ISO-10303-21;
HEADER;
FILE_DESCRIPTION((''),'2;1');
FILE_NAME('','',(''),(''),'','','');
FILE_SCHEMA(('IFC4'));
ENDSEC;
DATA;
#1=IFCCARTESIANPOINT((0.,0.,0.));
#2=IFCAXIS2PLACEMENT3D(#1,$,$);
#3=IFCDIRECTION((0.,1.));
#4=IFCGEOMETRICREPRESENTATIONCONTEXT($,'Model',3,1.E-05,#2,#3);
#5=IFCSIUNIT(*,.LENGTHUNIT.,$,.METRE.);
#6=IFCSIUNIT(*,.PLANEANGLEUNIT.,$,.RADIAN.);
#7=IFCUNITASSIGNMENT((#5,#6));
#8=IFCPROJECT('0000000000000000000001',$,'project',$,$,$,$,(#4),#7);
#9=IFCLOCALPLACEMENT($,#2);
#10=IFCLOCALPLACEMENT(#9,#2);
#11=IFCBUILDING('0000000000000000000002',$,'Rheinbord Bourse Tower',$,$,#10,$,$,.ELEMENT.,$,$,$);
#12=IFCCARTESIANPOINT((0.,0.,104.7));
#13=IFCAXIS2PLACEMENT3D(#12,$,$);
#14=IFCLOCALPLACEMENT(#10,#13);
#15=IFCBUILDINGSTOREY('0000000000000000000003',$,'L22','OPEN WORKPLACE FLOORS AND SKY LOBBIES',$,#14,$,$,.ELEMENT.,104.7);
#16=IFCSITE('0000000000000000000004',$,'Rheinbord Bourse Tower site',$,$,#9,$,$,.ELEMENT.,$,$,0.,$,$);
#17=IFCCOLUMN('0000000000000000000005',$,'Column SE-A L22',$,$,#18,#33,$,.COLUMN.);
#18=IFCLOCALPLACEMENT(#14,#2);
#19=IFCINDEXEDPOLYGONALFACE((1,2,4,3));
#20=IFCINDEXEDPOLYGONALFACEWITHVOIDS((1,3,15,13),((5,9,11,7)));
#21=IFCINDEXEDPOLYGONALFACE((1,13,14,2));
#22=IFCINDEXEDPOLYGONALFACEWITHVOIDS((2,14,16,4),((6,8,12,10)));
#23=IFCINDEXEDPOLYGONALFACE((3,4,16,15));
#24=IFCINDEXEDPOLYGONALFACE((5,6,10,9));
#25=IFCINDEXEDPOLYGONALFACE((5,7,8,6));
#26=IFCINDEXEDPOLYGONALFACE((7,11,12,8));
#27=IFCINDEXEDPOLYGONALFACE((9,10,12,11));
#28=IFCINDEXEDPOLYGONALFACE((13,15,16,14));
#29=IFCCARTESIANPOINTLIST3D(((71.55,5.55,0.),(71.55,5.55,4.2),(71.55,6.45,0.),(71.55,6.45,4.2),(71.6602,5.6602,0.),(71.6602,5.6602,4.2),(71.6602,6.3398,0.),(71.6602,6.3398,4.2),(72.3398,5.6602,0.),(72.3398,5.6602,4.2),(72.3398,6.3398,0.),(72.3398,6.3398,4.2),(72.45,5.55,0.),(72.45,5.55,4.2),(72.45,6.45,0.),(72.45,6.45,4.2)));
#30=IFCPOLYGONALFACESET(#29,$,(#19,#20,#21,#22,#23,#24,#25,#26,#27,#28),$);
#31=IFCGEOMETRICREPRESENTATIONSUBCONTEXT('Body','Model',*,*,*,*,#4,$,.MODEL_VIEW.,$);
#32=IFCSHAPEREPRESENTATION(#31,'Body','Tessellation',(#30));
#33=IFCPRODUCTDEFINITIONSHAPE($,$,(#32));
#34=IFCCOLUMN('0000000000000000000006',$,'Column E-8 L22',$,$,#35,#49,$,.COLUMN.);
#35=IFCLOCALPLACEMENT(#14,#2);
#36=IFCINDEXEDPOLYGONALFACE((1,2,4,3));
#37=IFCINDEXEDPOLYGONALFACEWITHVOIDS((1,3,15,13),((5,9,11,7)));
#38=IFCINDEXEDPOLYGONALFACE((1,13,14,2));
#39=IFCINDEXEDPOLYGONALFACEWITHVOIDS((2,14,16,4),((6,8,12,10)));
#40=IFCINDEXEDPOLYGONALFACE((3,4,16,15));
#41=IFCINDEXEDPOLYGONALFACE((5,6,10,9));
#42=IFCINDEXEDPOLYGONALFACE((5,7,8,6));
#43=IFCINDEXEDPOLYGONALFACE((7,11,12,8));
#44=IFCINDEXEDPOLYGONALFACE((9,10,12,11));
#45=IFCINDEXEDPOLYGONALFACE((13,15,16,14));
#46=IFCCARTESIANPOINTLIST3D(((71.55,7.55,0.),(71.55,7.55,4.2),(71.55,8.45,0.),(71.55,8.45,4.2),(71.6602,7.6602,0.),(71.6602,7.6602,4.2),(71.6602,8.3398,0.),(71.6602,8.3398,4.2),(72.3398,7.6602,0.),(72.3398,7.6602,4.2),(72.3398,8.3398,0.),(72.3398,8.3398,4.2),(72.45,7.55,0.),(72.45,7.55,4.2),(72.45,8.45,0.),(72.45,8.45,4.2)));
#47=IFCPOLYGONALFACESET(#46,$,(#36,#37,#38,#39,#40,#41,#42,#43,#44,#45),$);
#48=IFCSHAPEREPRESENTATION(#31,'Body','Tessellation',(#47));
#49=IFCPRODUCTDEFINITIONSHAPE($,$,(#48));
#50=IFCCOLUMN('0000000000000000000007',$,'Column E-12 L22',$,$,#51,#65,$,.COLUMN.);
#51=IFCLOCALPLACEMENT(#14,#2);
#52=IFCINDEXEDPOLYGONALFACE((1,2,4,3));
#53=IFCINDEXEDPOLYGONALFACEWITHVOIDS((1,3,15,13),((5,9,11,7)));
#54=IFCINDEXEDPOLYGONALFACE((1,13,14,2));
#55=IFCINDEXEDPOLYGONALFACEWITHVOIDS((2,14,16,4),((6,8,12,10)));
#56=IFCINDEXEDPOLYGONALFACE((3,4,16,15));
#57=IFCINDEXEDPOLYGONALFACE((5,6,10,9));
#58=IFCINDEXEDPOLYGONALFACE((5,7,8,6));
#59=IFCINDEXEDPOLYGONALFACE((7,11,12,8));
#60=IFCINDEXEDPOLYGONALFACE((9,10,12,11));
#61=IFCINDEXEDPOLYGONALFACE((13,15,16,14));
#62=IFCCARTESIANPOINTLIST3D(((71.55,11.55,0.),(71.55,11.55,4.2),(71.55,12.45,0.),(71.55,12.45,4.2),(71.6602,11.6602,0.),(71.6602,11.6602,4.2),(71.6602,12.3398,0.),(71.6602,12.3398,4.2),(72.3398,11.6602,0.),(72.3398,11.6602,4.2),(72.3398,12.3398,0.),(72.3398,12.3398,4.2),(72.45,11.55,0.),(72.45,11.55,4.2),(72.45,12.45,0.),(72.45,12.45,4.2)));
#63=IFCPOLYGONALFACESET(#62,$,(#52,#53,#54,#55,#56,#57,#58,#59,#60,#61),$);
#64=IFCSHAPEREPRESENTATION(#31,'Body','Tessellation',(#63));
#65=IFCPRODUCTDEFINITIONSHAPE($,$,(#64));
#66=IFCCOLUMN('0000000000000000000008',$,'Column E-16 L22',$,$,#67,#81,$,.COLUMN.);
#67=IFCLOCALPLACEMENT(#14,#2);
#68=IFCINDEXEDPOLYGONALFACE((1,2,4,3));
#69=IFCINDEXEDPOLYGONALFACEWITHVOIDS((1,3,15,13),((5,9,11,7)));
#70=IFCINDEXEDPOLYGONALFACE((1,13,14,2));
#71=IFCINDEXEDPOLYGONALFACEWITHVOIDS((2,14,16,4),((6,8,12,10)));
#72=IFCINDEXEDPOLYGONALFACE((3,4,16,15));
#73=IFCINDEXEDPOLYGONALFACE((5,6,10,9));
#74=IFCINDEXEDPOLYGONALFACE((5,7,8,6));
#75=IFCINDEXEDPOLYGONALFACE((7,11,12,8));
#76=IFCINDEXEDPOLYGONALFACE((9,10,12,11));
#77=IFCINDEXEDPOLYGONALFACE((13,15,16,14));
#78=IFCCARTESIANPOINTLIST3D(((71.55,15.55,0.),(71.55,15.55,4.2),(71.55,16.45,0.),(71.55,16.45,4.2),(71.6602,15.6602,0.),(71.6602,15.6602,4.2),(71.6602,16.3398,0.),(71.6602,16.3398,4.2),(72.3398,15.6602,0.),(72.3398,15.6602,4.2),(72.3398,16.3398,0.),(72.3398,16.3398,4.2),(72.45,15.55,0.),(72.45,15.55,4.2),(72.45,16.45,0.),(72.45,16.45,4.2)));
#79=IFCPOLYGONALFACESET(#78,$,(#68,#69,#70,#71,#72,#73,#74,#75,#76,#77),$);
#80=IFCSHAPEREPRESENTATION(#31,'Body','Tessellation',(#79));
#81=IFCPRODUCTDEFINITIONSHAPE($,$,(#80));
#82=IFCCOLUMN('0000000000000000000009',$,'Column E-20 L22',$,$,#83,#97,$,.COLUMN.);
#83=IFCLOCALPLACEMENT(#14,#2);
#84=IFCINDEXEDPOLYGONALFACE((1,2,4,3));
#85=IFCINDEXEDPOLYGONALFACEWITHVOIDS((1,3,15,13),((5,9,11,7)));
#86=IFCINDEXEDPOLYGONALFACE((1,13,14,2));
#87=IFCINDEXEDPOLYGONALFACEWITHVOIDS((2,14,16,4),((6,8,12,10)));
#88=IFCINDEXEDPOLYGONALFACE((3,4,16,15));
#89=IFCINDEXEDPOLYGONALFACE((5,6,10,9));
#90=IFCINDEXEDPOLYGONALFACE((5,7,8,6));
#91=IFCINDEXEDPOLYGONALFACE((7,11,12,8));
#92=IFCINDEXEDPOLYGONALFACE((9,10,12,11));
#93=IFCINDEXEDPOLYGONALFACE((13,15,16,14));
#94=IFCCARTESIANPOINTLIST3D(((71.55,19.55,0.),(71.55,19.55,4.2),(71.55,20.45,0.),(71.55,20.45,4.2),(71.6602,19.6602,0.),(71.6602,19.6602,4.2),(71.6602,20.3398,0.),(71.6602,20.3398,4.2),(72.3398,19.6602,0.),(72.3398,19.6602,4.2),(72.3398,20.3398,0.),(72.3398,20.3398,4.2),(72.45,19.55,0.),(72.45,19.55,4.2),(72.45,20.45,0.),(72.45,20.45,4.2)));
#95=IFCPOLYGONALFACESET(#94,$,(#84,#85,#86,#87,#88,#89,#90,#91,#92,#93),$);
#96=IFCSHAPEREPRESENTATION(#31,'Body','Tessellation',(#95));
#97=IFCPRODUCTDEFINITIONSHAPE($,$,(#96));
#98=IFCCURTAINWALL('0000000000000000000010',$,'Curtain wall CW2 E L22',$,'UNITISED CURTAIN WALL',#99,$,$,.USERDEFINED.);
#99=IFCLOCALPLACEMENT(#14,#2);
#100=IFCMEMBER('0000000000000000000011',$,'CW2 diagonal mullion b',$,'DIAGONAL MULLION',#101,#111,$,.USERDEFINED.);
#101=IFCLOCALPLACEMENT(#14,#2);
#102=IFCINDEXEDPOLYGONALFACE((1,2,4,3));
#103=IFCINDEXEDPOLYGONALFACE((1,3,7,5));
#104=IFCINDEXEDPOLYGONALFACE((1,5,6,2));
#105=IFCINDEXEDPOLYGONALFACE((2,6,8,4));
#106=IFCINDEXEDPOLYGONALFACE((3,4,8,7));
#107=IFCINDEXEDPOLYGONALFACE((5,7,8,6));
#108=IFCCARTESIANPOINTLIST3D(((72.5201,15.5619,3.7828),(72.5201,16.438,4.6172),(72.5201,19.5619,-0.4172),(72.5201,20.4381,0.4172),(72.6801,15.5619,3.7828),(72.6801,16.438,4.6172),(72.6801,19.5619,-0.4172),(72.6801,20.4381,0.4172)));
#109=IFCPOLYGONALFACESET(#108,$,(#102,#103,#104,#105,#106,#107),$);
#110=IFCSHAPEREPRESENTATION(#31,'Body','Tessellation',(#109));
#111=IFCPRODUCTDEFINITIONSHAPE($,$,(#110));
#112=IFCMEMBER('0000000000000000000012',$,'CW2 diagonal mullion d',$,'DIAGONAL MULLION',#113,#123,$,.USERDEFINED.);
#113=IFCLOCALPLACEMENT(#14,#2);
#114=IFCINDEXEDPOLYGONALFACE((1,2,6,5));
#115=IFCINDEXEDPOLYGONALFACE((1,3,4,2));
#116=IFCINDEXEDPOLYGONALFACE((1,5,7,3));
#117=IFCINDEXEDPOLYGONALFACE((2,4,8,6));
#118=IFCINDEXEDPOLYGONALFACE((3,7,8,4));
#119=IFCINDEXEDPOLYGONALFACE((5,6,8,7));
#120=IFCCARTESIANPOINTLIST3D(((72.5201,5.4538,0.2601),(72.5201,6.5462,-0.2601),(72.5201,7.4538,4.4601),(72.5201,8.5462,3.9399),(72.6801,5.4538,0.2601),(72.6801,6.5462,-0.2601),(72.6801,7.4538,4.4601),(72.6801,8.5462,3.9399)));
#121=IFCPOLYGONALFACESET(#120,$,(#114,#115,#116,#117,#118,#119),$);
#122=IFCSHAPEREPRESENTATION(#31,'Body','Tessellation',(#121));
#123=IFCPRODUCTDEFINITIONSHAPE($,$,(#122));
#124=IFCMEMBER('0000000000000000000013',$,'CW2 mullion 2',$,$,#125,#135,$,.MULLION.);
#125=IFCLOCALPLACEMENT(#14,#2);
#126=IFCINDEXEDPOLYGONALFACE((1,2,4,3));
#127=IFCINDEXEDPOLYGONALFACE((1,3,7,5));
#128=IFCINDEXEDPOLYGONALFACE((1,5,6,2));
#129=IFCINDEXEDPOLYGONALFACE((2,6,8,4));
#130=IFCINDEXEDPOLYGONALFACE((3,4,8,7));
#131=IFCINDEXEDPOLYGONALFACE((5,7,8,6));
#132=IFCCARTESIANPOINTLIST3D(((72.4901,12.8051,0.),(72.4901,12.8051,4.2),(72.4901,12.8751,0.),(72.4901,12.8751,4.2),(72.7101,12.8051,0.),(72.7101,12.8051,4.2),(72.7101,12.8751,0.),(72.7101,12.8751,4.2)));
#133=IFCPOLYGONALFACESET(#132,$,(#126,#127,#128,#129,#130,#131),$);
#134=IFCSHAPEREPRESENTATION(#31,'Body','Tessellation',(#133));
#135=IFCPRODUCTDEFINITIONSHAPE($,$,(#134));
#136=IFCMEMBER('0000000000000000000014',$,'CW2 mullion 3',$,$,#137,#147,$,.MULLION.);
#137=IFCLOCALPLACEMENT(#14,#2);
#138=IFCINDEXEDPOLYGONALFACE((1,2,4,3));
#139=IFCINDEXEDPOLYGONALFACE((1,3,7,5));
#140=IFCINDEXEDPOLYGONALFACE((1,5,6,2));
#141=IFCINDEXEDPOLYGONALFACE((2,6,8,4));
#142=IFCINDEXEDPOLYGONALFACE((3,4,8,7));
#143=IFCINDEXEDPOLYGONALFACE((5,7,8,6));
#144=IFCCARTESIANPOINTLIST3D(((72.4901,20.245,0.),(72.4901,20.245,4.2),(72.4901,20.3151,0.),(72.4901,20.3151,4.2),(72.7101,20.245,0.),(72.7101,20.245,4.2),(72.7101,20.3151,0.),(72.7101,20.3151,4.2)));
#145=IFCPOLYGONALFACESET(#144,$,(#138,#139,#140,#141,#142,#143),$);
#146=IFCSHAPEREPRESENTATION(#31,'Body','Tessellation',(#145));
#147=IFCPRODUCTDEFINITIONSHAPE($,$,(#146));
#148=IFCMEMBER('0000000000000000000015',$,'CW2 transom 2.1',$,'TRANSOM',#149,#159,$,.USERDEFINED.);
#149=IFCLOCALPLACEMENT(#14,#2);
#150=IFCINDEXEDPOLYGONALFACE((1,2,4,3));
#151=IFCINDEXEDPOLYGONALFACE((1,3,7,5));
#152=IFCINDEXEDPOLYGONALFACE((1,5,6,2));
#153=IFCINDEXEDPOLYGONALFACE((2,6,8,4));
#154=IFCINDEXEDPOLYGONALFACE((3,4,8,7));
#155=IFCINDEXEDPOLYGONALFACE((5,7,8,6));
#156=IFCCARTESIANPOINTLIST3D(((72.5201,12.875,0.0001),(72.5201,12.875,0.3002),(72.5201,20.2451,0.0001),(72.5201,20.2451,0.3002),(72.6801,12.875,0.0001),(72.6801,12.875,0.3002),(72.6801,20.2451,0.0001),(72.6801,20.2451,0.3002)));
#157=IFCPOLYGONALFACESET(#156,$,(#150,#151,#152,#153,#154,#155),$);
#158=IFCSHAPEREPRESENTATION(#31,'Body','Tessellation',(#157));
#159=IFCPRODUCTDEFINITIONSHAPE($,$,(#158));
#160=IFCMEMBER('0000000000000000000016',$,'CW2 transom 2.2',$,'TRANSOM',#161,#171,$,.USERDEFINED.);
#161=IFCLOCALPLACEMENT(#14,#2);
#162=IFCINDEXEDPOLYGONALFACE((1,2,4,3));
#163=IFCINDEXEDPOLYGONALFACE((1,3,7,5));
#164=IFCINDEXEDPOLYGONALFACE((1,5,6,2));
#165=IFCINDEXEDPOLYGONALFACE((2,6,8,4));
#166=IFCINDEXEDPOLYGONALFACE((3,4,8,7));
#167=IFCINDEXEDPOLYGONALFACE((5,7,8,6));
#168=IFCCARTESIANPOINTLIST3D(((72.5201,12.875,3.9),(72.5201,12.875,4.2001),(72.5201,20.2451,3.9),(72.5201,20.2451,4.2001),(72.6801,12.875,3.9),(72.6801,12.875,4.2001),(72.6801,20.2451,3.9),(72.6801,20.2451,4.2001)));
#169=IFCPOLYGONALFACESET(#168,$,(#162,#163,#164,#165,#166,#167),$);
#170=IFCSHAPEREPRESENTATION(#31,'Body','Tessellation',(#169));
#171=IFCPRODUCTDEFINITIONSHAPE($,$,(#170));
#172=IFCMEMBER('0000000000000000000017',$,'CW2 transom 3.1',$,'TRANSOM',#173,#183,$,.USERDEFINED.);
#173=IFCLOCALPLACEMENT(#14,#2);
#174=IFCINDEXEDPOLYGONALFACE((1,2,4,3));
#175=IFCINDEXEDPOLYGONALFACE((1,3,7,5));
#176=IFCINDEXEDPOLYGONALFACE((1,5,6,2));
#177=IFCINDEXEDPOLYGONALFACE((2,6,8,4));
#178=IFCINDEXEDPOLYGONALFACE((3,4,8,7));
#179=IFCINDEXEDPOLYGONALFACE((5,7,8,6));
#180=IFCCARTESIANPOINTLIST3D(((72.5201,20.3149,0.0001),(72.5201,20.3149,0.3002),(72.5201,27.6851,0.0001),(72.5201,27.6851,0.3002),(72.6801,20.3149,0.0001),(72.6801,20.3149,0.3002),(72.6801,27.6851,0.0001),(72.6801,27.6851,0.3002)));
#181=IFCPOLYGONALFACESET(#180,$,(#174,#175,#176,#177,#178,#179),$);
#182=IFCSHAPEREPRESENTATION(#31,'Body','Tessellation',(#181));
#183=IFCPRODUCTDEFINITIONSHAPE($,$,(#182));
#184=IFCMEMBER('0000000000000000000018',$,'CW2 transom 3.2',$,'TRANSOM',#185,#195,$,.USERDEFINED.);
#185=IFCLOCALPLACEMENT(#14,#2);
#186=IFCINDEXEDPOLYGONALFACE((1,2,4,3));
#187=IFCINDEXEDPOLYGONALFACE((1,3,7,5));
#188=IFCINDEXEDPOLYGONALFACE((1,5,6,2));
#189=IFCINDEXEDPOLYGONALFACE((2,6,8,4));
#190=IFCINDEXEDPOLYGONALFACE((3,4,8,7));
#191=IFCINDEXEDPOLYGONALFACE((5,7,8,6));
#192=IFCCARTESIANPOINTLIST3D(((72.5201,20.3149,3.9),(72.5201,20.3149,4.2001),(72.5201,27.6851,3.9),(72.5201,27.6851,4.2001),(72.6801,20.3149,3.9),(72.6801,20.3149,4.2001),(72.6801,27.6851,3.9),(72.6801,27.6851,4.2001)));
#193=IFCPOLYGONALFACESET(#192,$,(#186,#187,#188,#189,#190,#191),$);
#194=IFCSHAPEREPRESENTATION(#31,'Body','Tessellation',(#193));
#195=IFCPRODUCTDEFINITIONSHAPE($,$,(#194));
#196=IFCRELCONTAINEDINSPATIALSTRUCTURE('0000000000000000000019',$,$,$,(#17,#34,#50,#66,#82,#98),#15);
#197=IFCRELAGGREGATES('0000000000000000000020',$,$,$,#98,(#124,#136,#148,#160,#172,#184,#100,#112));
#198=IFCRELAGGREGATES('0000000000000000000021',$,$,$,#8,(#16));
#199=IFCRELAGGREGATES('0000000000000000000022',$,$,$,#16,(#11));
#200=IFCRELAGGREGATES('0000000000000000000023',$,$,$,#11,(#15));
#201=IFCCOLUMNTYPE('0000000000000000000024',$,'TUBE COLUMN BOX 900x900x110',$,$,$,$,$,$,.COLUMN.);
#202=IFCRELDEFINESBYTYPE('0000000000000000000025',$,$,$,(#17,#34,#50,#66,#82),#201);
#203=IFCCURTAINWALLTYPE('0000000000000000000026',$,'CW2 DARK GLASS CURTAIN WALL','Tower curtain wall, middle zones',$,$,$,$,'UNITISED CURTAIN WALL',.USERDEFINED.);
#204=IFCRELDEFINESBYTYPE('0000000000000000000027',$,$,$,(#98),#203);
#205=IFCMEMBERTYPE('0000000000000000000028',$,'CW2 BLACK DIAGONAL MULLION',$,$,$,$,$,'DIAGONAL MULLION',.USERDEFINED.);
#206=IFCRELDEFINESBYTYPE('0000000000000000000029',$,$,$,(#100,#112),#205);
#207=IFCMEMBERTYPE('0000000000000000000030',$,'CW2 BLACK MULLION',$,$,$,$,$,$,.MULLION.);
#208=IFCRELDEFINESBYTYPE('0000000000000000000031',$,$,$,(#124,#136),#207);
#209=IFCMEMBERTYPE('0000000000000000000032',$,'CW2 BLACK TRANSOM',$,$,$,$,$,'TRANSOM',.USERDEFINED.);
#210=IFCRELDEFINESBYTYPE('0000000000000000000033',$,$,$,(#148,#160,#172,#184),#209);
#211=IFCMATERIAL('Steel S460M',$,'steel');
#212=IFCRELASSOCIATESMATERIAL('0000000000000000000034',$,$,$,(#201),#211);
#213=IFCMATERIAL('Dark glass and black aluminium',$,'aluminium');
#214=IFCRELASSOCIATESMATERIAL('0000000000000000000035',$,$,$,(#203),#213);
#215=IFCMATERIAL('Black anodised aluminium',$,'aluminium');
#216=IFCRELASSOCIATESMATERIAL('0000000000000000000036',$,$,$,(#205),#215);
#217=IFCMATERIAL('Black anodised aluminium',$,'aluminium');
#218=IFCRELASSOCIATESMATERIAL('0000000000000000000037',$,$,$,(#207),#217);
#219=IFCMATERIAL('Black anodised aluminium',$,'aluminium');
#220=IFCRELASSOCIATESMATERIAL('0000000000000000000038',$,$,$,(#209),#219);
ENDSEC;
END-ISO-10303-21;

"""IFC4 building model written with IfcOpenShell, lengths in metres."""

from ifc_helpers import new_model, si_unit, direction, frame, origin, origin_2d, place, context, subcontext, project, spatial, rectangle, hollow_rectangle, extrude, material, material_profile, profile_set, type_object, element, aggregate, save


model = new_model("IFC4")

# Units and contexts
model_context = context("Model", 3, precision=1e-05, world=origin(), true_north=direction((0.0, 1.0)))
body_context = subcontext(model_context, "Body", "Model", "MODEL_VIEW")
ifc_project = project(units=[si_unit("LENGTHUNIT", "METRE"), si_unit("PLANEANGLEUNIT", "RADIAN")], contexts=[model_context])

# Site, building, storey
site_placement = place(None, origin())
site = spatial("IfcSite", under=ifc_project, at=site_placement, Name="Rheinbord Bourse Tower site", CompositionType="ELEMENT", RefElevation=0.0)
building_placement = place(site_placement, origin())
building = spatial("IfcBuilding", under=site, at=building_placement, Name="Rheinbord Bourse Tower", CompositionType="ELEMENT")
storey_placement = place(building_placement, frame((0.0, 0.0, 104.7)))
storey = spatial("IfcBuildingStorey", under=building, at=storey_placement, Name="L22", Description="OPEN WORKPLACE FLOORS AND SKY LOBBIES", CompositionType="ELEMENT", Elevation=104.7)

# Columns
ifc_material_1 = material(Name="Steel S460M", Category="steel")
ifc_material_profile_1 = material_profile(ifc_material_1, hollow_rectangle(XDim=0.8999, YDim=0.8999, WallThickness=0.1101, at=origin_2d()), Name="BOX 900x900x110")
ifc_profile_set_1 = profile_set([ifc_material_profile_1], Name="Steel S460M")
column_type = type_object("IfcColumnType", Name="TUBE COLUMN BOX 900x900x110", PredefinedType="COLUMN", material=ifc_profile_set_1)
for number, where, z_axis, x_axis, name in (
    (1, (72.0, 6.0, 0.0), (0.0, 0.0, 1.0), (1.0, 0.0, 0.0), "Column SE-A L22"),
    (2, (72.0, 8.0, 0.0), (0.0, 0.0, 1.0), (1.0, 0.0, 0.0), "Column E-8 L22"),
    (3, (72.0, 12.0, 0.0), (0.0, 0.0, 1.0), (1.0, 0.0, 0.0), "Column E-12 L22"),
    (4, (72.0, 16.0, 0.0), (0.0, 0.0, 1.0), (1.0, 0.0, 0.0), "Column E-16 L22"),
    (5, (72.0, 20.0, 0.0), (0.0, 0.0, 1.0), (1.0, 0.0, 0.0), "Column E-20 L22"),
):
    element("IfcColumn", number, at=place(storey_placement, frame(where, z_axis=z_axis, x_axis=x_axis)), inside=storey, type_object=column_type, Name=name, PredefinedType="COLUMN", context=body_context, shape_type="SweptSolid", body=[
        extrude(hollow_rectangle(XDim=0.8999, YDim=0.8999, WallThickness=0.1101, at=origin_2d()), origin(), (0.0, 0.0, 1.0), 4.2),
    ])

# Curtain wall, members
ifc_material_2 = material(Name="Dark glass and black aluminium", Category="aluminium")
curtain_wall_type = type_object("IfcCurtainWallType", Name="CW2 DARK GLASS CURTAIN WALL", Description="Tower curtain wall, middle zones", ElementType="UNITISED CURTAIN WALL", PredefinedType="USERDEFINED", material=ifc_material_2)
curtain_wall_placement = place(storey_placement, origin())
curtain_wall = element("IfcCurtainWall", 6, at=curtain_wall_placement, inside=storey, type_object=curtain_wall_type, Name="Curtain wall CW2 E L22", ObjectType="UNITISED CURTAIN WALL", PredefinedType="USERDEFINED")
ifc_material_3 = material(Name="Black anodised aluminium", Category="aluminium")
ifc_material_profile_2 = material_profile(ifc_material_3, rectangle(XDim=0.1599, YDim=1.21, at=origin_2d()), Name="CW2 DIAGONAL MULLION 1210x160")
ifc_profile_set_2 = profile_set([ifc_material_profile_2], Name="Black anodised aluminium")
member_type_1 = type_object("IfcMemberType", Name="CW2 BLACK DIAGONAL MULLION", ElementType="DIAGONAL MULLION", PredefinedType="USERDEFINED", material=ifc_profile_set_2)
member_1_placement = place(storey_placement, frame((72.6001, 20.0, 0.0), z_axis=(0.0, -0.689659, 0.724134), x_axis=(1.0, 0.0, 0.0)))
member_1 = element("IfcMember", 7, at=member_1_placement, type_object=member_type_1, Name="CW2 diagonal mullion b", ObjectType="DIAGONAL MULLION", PredefinedType="USERDEFINED", context=body_context, shape_type="SweptSolid", body=[
    extrude(rectangle(XDim=0.1599, YDim=1.21, at=origin_2d()), origin(), (0.0, 0.0, 1.0), 5.8),
])
member_2_placement = place(storey_placement, frame((72.6001, 6.0, 0.0), z_axis=(0.0, 0.429938, 0.902859), x_axis=(-1.0, 0.0, 0.0)))
member_2 = element("IfcMember", 8, at=member_2_placement, type_object=member_type_1, Name="CW2 diagonal mullion d", ObjectType="DIAGONAL MULLION", PredefinedType="USERDEFINED", context=body_context, shape_type="SweptSolid", body=[
    extrude(rectangle(XDim=0.1599, YDim=1.21, at=origin_2d()), origin(), (0.0, 0.0, 1.0), 4.6519),
])
ifc_material_4 = material(Name="Black anodised aluminium", Category="aluminium")
ifc_material_profile_3 = material_profile(ifc_material_4, rectangle(XDim=0.22, YDim=0.0701, at=origin_2d()), Name="CW2 MULLION 70x220")
ifc_profile_set_3 = profile_set([ifc_material_profile_3], Name="Black anodised aluminium")
member_type_2 = type_object("IfcMemberType", Name="CW2 BLACK MULLION", PredefinedType="MULLION", material=ifc_profile_set_3)
member_3_placement = place(storey_placement, frame((72.6001, 12.8401, 0.0), z_axis=(0.0, 0.0, 1.0), x_axis=(-1.0, 0.0, 0.0)))
member_3 = element("IfcMember", 9, at=member_3_placement, type_object=member_type_2, Name="CW2 mullion 2", PredefinedType="MULLION", context=body_context, shape_type="SweptSolid", body=[
    extrude(rectangle(XDim=0.22, YDim=0.0701, at=origin_2d()), origin(), (0.0, 0.0, 1.0), 4.2),
])
member_4_placement = place(storey_placement, frame((72.6001, 20.28, 0.0), z_axis=(0.0, 0.0, 1.0), x_axis=(-1.0, 0.0, 0.0)))
member_4 = element("IfcMember", 10, at=member_4_placement, type_object=member_type_2, Name="CW2 mullion 3", PredefinedType="MULLION", context=body_context, shape_type="SweptSolid", body=[
    extrude(rectangle(XDim=0.22, YDim=0.0701, at=origin_2d()), origin(), (0.0, 0.0, 1.0), 4.2),
])
ifc_material_5 = material(Name="Black anodised aluminium", Category="aluminium")
ifc_material_profile_4 = material_profile(ifc_material_5, rectangle(XDim=0.1599, YDim=0.3, at=origin_2d()), Name="CW2 TRANSOM 300x160")
ifc_profile_set_4 = profile_set([ifc_material_profile_4], Name="Black anodised aluminium")
member_type_3 = type_object("IfcMemberType", Name="CW2 BLACK TRANSOM", ElementType="TRANSOM", PredefinedType="USERDEFINED", material=ifc_profile_set_4)
member_5_placement = place(storey_placement, frame((72.6001, 12.875, 0.1501), z_axis=(0.0, 1.0, 0.0), x_axis=(-1.0, 0.0, 0.0)))
member_5 = element("IfcMember", 11, at=member_5_placement, type_object=member_type_3, Name="CW2 transom 2.1", ObjectType="TRANSOM", PredefinedType="USERDEFINED", context=body_context, shape_type="SweptSolid", body=[
    extrude(rectangle(XDim=0.1599, YDim=0.3, at=origin_2d()), origin(), (0.0, 0.0, 1.0), 7.3701),
])
member_6_placement = place(storey_placement, frame((72.6001, 12.875, 4.05), z_axis=(0.0, 1.0, 0.0), x_axis=(-1.0, 0.0, 0.0)))
member_6 = element("IfcMember", 12, at=member_6_placement, type_object=member_type_3, Name="CW2 transom 2.2", ObjectType="TRANSOM", PredefinedType="USERDEFINED", context=body_context, shape_type="SweptSolid", body=[
    extrude(rectangle(XDim=0.1599, YDim=0.3, at=origin_2d()), origin(), (0.0, 0.0, 1.0), 7.3701),
])
member_7_placement = place(storey_placement, frame((72.6001, 20.3149, 0.1501), z_axis=(0.0, 1.0, 0.0), x_axis=(-1.0, 0.0, 0.0)))
member_7 = element("IfcMember", 13, at=member_7_placement, type_object=member_type_3, Name="CW2 transom 3.1", ObjectType="TRANSOM", PredefinedType="USERDEFINED", context=body_context, shape_type="SweptSolid", body=[
    extrude(rectangle(XDim=0.1599, YDim=0.3, at=origin_2d()), origin(), (0.0, 0.0, 1.0), 7.3701),
])
member_8_placement = place(storey_placement, frame((72.6001, 20.3149, 4.05), z_axis=(0.0, 1.0, 0.0), x_axis=(-1.0, 0.0, 0.0)))
member_8 = element("IfcMember", 14, at=member_8_placement, type_object=member_type_3, Name="CW2 transom 3.2", ObjectType="TRANSOM", PredefinedType="USERDEFINED", context=body_context, shape_type="SweptSolid", body=[
    extrude(rectangle(XDim=0.1599, YDim=0.3, at=origin_2d()), origin(), (0.0, 0.0, 1.0), 7.3701),
])

aggregate(curtain_wall, [member_3, member_4, member_5, member_6, member_7, member_8, member_1, member_2])

save(model, "model.ifc")
